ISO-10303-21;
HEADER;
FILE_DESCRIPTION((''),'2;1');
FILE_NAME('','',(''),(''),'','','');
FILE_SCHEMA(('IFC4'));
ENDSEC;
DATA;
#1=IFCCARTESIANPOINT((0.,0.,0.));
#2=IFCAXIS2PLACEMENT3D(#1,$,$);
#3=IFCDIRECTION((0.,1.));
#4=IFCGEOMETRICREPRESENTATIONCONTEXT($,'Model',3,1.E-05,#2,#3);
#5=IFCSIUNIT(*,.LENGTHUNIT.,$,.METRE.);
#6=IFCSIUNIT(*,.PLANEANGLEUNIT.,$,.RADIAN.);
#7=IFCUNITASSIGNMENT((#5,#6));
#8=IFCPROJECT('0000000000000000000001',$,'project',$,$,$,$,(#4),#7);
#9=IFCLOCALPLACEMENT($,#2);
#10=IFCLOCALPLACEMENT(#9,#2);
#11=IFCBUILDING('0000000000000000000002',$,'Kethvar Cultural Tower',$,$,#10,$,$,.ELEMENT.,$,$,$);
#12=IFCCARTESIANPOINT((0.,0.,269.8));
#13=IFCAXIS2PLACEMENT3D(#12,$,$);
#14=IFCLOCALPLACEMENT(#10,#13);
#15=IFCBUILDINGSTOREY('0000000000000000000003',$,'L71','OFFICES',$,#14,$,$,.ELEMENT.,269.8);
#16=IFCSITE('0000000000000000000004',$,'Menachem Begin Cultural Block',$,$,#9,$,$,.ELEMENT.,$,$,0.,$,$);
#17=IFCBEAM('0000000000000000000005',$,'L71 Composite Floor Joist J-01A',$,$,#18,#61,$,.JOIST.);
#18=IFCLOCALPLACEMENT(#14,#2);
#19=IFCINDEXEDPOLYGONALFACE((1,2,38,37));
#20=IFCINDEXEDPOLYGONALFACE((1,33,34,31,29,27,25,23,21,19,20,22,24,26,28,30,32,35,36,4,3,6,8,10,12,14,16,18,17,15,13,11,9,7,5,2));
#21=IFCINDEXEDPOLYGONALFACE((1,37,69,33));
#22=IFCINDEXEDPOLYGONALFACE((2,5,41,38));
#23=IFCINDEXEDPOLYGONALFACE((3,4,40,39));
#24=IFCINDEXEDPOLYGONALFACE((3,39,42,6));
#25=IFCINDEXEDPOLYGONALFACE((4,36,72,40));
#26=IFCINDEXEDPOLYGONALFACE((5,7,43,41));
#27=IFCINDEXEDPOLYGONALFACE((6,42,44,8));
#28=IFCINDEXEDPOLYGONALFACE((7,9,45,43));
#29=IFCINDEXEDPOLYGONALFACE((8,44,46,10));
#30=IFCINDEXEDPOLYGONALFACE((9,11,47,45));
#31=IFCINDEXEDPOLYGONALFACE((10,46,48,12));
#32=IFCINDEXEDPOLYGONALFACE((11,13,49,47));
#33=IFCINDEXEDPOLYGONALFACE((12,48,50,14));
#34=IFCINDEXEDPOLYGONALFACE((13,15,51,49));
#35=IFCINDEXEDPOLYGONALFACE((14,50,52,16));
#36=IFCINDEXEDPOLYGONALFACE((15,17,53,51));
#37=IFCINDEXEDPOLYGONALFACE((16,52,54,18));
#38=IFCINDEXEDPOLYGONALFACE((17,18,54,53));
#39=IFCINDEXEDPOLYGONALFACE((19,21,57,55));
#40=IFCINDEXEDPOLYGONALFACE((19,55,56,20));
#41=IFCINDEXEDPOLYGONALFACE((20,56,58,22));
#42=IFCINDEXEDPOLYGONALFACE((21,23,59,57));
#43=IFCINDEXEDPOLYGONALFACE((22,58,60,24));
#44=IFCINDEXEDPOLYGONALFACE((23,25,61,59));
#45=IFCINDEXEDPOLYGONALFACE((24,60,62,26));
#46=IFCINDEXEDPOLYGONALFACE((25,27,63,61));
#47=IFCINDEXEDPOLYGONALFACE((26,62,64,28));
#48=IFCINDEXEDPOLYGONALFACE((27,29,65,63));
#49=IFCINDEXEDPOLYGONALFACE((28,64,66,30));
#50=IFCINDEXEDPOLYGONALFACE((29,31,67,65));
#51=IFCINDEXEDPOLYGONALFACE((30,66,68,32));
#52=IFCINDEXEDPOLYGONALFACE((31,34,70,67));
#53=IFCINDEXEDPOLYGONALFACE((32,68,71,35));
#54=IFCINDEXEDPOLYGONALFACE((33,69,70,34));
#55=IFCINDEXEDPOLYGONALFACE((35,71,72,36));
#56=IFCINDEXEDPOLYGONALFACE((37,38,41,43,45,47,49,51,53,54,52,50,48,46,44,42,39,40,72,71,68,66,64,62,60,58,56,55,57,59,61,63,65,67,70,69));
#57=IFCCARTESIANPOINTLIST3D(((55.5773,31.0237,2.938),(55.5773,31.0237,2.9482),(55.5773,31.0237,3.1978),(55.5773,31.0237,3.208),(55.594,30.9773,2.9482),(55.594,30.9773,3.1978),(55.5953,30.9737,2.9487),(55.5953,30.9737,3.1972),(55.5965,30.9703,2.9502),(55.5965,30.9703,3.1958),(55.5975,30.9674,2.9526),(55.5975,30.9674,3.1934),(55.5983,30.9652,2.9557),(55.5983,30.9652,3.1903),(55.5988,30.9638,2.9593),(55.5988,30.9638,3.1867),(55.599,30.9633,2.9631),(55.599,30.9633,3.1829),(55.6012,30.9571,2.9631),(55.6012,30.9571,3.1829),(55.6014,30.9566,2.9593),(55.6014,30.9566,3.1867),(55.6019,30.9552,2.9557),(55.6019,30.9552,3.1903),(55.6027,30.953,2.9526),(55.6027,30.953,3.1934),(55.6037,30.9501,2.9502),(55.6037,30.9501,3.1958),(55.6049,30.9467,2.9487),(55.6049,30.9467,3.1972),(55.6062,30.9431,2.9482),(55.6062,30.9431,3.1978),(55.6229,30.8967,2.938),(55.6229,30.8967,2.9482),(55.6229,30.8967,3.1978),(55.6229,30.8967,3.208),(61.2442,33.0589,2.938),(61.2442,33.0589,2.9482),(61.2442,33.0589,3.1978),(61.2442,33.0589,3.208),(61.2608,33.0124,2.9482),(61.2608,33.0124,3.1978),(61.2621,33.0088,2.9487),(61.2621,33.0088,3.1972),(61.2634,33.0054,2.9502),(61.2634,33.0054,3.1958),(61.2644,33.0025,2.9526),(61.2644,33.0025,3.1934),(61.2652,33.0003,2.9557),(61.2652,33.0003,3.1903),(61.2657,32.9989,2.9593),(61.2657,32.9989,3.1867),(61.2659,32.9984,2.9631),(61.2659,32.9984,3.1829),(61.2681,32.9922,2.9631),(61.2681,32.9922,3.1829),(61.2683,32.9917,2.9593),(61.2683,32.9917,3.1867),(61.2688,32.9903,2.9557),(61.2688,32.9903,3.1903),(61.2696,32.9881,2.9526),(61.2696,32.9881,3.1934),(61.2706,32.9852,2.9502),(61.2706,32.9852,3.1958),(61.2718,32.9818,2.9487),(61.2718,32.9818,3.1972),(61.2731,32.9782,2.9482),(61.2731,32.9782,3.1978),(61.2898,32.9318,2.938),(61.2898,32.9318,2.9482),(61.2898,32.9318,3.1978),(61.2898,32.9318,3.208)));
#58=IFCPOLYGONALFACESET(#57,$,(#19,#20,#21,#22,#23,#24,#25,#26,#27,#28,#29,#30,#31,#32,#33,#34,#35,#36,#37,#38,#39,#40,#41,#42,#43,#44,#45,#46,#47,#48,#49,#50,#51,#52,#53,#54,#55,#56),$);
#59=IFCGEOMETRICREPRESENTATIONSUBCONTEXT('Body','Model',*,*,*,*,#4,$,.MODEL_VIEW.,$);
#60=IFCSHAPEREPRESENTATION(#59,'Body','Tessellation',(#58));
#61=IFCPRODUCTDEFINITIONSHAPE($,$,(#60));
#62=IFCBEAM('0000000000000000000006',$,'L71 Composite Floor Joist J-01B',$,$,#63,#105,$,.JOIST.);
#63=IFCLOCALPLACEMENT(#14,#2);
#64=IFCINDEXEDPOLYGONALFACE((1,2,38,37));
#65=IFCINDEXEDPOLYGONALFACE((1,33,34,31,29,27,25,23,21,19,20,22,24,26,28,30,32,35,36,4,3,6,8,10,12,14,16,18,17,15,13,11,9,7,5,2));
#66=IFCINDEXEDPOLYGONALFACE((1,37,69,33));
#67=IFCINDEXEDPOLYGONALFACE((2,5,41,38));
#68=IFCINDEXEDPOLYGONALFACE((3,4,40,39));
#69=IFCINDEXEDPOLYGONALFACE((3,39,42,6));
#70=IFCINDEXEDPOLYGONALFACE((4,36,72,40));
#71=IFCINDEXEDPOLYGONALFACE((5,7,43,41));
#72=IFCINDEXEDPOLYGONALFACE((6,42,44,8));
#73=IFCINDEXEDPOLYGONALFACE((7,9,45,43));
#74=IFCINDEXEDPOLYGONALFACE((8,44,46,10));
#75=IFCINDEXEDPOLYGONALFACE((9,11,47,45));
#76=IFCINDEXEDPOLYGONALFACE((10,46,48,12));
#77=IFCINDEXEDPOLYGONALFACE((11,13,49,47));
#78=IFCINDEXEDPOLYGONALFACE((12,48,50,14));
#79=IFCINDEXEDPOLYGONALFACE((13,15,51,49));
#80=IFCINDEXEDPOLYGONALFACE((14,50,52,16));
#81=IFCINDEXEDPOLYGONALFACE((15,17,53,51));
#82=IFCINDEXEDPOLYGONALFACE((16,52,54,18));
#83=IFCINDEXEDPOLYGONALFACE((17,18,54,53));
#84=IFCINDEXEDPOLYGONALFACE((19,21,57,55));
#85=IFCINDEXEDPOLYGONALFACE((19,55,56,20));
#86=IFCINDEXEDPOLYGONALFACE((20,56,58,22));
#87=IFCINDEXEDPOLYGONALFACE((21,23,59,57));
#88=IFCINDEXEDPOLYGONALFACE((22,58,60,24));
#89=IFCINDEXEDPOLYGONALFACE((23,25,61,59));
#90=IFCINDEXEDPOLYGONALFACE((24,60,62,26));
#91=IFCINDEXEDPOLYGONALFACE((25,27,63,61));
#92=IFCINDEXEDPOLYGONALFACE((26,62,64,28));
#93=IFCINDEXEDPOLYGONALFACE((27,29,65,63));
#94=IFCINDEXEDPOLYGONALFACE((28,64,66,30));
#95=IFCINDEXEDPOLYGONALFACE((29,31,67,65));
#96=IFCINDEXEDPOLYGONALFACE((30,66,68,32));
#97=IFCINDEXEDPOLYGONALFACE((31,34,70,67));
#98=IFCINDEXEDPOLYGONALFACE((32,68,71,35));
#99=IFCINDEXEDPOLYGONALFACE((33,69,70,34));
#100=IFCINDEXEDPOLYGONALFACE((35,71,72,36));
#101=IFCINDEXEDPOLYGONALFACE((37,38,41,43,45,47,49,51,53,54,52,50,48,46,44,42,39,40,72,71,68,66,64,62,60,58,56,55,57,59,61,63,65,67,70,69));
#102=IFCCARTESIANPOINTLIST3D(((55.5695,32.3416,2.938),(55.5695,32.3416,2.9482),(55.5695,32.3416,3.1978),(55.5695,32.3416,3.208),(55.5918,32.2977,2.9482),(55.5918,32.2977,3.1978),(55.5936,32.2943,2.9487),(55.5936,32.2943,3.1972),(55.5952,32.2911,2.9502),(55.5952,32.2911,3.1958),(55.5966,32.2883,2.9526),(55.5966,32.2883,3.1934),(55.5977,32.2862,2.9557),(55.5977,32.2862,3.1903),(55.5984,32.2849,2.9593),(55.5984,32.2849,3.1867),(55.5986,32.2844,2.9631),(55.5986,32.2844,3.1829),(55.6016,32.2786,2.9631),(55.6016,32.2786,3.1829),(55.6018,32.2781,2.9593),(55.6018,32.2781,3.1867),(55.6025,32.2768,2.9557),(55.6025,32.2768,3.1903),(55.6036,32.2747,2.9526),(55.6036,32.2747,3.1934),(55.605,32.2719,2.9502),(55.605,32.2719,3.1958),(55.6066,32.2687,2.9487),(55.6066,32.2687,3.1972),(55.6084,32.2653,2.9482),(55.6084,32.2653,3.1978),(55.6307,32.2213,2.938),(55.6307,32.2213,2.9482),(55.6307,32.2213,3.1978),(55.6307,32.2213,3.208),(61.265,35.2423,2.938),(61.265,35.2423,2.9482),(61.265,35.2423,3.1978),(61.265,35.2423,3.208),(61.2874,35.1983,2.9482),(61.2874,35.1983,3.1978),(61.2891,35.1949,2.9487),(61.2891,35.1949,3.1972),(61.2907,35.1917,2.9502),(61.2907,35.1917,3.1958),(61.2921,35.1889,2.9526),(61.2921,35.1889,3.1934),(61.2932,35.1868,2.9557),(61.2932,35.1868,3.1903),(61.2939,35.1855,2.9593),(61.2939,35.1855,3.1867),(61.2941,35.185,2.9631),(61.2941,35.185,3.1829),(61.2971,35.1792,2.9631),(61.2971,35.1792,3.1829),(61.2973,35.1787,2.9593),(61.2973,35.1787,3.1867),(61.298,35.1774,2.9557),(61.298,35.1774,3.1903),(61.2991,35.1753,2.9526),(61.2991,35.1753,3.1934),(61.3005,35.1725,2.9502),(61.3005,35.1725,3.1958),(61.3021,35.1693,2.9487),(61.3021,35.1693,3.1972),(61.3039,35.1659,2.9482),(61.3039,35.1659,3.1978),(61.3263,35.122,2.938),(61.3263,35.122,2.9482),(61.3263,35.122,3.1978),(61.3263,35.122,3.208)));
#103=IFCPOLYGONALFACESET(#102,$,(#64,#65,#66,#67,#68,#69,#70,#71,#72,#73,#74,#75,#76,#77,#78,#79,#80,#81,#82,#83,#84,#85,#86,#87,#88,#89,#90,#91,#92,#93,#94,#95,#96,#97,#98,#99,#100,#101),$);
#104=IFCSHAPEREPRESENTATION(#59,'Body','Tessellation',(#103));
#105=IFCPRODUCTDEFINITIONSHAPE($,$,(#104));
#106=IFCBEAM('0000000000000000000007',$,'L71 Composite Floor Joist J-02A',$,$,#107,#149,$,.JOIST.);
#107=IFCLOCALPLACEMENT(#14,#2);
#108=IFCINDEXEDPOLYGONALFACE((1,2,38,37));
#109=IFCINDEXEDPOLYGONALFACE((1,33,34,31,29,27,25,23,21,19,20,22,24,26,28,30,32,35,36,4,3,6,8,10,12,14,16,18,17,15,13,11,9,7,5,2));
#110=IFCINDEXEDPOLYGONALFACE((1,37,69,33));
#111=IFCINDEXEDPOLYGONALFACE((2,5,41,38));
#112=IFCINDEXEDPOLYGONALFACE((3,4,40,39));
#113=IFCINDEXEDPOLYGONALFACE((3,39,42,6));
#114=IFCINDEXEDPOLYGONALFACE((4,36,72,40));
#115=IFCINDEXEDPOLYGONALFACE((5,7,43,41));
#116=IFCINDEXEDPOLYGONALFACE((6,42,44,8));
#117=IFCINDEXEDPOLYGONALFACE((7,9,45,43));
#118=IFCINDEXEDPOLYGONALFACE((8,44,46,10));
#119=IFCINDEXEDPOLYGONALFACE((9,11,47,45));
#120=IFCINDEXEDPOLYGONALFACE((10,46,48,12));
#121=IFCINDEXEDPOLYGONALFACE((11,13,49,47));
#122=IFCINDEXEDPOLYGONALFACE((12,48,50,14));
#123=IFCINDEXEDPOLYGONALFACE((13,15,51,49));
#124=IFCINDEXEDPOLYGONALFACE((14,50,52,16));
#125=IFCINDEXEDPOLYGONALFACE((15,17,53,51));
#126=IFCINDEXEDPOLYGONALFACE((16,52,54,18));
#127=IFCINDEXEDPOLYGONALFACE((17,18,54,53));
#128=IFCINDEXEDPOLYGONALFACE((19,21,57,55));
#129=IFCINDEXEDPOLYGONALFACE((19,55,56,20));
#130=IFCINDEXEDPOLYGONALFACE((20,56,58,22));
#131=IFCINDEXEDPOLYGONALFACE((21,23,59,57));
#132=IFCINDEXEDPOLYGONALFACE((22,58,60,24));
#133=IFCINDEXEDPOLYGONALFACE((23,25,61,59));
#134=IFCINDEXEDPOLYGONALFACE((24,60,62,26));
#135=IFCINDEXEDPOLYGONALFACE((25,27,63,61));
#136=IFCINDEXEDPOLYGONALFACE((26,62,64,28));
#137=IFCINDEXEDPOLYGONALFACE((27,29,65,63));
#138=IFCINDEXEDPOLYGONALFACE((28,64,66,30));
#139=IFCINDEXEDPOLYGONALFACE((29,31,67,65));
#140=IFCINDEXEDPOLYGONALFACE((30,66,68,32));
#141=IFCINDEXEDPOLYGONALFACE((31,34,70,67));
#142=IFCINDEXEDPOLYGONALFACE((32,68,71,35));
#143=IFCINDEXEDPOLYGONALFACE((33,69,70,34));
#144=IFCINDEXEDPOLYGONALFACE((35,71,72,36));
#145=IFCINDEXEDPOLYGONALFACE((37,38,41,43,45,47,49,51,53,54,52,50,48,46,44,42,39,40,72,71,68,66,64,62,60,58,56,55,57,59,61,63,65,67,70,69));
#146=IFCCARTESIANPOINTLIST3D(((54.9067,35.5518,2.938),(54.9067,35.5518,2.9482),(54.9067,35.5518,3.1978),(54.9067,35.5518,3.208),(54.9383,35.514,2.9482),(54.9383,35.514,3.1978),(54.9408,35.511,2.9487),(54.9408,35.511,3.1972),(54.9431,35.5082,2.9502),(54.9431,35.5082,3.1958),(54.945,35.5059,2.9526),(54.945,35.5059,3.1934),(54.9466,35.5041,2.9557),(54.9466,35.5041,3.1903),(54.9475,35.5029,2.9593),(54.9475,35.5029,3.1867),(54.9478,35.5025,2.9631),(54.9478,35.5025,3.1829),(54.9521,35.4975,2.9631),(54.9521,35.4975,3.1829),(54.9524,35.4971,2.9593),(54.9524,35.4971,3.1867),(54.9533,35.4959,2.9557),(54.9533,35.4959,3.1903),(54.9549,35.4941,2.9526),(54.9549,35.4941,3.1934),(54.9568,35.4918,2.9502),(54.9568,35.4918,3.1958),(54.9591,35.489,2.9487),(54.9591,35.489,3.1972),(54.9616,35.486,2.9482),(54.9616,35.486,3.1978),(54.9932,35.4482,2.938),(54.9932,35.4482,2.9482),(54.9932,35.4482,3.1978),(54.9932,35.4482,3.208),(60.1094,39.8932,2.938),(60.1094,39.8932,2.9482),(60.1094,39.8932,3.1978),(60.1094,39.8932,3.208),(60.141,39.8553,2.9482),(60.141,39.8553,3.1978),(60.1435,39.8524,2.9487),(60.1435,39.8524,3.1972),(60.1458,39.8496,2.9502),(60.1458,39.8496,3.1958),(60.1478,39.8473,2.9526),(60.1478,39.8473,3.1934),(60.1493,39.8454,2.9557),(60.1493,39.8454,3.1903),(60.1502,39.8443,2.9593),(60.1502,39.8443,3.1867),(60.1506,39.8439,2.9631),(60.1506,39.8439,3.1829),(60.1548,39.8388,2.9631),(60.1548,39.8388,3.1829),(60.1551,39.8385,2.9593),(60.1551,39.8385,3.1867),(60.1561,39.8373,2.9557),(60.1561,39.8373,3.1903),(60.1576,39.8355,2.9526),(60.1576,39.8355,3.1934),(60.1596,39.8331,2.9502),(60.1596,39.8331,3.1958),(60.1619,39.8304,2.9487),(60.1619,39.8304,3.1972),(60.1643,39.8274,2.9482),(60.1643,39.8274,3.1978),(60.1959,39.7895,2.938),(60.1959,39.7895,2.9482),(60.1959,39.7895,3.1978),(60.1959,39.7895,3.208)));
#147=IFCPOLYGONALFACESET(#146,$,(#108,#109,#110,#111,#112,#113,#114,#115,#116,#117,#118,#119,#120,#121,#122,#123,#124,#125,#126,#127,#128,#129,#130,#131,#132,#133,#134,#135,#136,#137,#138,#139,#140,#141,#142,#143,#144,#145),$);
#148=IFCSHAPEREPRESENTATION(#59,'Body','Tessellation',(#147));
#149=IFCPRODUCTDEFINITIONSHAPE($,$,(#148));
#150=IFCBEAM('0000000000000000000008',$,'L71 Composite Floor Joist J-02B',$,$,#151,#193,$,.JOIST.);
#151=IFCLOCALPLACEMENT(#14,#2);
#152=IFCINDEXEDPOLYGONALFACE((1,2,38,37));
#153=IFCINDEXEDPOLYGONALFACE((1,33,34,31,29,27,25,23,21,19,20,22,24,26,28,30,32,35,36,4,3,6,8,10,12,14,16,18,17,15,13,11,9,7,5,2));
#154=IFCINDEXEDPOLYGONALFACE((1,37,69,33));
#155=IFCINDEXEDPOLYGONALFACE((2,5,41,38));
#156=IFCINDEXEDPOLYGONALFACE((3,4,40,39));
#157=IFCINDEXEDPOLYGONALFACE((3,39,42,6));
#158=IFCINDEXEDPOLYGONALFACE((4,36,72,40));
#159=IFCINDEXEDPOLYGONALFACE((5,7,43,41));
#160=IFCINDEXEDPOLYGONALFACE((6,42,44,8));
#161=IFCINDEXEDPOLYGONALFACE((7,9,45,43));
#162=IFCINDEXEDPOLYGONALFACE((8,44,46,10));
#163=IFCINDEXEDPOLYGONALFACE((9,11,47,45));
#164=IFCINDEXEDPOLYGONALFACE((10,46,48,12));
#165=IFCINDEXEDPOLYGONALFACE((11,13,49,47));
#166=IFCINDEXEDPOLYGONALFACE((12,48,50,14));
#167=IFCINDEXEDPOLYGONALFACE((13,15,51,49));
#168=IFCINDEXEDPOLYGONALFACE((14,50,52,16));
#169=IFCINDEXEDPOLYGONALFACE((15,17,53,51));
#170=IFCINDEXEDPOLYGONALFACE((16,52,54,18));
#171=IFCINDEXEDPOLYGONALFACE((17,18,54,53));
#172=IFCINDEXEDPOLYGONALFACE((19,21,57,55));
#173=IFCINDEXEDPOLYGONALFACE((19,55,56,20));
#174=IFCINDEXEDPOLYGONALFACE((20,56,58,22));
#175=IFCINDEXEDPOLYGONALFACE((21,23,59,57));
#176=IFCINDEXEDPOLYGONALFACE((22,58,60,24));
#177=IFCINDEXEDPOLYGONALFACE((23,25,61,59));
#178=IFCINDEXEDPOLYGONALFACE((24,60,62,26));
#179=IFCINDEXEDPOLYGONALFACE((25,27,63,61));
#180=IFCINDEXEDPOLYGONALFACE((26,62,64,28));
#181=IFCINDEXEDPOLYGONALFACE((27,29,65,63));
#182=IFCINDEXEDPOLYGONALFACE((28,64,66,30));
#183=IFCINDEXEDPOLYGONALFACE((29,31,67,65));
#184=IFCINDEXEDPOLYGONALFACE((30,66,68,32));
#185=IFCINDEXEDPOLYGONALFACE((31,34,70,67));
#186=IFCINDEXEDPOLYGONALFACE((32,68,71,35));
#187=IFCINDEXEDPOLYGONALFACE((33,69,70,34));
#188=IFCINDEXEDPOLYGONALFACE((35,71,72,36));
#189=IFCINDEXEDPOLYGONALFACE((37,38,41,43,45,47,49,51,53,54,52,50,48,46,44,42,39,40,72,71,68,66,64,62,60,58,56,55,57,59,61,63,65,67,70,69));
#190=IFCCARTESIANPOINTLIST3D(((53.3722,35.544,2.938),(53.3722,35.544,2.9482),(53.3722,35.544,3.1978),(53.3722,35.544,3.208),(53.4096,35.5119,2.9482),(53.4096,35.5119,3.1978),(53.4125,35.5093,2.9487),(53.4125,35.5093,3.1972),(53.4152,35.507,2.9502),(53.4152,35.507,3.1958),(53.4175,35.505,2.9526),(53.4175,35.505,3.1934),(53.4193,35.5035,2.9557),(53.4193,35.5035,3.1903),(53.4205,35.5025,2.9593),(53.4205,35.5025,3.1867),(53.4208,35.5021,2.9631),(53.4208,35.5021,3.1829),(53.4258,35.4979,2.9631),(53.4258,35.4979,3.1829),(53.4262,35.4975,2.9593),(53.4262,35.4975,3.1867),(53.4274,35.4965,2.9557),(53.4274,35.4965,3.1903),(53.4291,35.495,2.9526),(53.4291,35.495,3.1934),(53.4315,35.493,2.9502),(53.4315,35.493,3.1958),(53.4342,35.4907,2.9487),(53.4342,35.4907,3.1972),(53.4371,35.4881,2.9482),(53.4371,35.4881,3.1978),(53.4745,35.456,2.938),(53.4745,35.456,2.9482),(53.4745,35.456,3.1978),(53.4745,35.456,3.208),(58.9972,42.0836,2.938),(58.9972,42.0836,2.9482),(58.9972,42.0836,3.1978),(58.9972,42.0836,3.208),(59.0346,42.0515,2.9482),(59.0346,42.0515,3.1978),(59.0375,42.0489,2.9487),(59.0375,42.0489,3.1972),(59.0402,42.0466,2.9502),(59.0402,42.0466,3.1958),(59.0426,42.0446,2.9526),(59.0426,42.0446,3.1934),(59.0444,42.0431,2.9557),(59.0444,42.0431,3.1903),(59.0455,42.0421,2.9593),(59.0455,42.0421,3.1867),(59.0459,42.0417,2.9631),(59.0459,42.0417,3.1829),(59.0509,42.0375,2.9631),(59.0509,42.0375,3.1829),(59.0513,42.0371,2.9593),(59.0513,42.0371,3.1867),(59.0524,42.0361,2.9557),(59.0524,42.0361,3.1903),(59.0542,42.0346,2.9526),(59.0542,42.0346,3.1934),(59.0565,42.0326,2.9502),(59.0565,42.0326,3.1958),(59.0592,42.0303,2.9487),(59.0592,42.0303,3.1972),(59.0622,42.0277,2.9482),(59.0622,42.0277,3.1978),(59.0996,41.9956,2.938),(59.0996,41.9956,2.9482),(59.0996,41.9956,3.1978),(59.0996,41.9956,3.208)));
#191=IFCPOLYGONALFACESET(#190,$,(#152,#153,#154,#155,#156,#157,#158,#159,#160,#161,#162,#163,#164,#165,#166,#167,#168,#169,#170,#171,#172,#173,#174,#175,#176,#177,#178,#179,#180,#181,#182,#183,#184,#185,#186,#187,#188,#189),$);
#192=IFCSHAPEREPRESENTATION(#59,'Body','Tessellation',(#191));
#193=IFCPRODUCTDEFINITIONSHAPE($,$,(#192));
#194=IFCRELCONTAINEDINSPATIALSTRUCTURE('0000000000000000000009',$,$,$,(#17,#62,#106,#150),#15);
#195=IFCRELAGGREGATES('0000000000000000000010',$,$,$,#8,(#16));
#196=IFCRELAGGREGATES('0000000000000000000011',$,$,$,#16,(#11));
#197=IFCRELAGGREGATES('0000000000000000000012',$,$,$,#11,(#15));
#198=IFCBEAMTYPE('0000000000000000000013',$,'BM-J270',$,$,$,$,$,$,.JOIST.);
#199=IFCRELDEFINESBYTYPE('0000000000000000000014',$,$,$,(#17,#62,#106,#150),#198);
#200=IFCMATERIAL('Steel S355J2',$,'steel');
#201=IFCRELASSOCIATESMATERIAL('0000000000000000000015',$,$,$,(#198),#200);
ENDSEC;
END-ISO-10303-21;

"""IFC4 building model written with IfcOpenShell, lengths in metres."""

from ifc_helpers import new_model, si_unit, direction, frame, origin, origin_2d, place, context, subcontext, project, spatial, i_section, extrude, source, transform, mapped, material, material_profile, profile_set, type_object, element, save


model = new_model("IFC4")

# Units and contexts
model_context = context("Model", 3, precision=1e-05, world=origin(), true_north=direction((0.0, 1.0)))
body_context = subcontext(model_context, "Body", "Model", "MODEL_VIEW")
ifc_project = project(units=[si_unit("LENGTHUNIT", "METRE"), si_unit("PLANEANGLEUNIT", "RADIAN")], contexts=[model_context])

# Site, building, storey
site_placement = place(None, origin())
site = spatial("IfcSite", under=ifc_project, at=site_placement, Name="Menachem Begin Cultural Block", CompositionType="ELEMENT", RefElevation=0.0)
building_placement = place(site_placement, origin())
building = spatial("IfcBuilding", under=site, at=building_placement, Name="Kethvar Cultural Tower", CompositionType="ELEMENT")
storey_placement = place(building_placement, frame((0.0, 0.0, 269.8)))
storey = spatial("IfcBuildingStorey", under=building, at=storey_placement, Name="L71", Description="OFFICES", CompositionType="ELEMENT", Elevation=269.8)

# Beams
ifc_material_1 = material(Name="Steel S355J2", Category="steel")
ifc_material_profile_1 = material_profile(ifc_material_1, i_section(OverallWidth=0.135, OverallDepth=0.27, WebThickness=0.0066, FlangeThickness=0.0103, FilletRadius=0.0149, at=origin_2d()), Name="Steel S355J2 — IPE270")
ifc_profile_set_1 = profile_set([ifc_material_profile_1], Name="Steel S355J2 — IPE270")
beam_type_1 = type_object("IfcBeamType", Name="BM-J270", PredefinedType="JOIST", material=ifc_profile_set_1)
shared_shape_1 = source(origin(), body_context, "Body", "SweptSolid", [
    extrude(i_section(OverallWidth=0.135, OverallDepth=0.27, WebThickness=0.0066, FlangeThickness=0.0103, FilletRadius=0.0149, at=origin_2d()), origin(), (0.0, 0.0, 1.0), 6.0212),
])
beam_1_placement = place(storey_placement, frame((55.6001, 30.9602, 3.073), z_axis=(0.94115, 0.33799, 0.0), x_axis=(-0.33799, 0.94115, 0.0)))
element("IfcBeam", 1, at=beam_1_placement, inside=storey, type_object=beam_type_1, Name="L71 Composite Floor Joist J-01A", PredefinedType="JOIST", context=body_context, shape_type="MappedRepresentation", body=[
    mapped(shared_shape_1, transform((0.0, 0.0, 0.0), scale=1.0)),
])
shared_shape_2 = source(origin(), body_context, "Body", "SweptSolid", [
    extrude(i_section(OverallWidth=0.135, OverallDepth=0.27, WebThickness=0.0066, FlangeThickness=0.0103, FilletRadius=0.0149, at=origin_2d()), origin(), (0.0, 0.0, 1.0), 6.3916),
])
beam_2_placement = place(storey_placement, frame((55.6001, 32.2815, 3.073), z_axis=(0.891095, 0.453817, 0.0), x_axis=(-0.453817, 0.891095, 0.0)))
element("IfcBeam", 2, at=beam_2_placement, inside=storey, type_object=beam_type_1, Name="L71 Composite Floor Joist J-01B", PredefinedType="JOIST", context=body_context, shape_type="MappedRepresentation", body=[
    mapped(shared_shape_2, transform((0.0, 0.0, 0.0), scale=1.0)),
])
shared_shape_3 = source(origin(), body_context, "Body", "SweptSolid", [
    extrude(i_section(OverallWidth=0.135, OverallDepth=0.27, WebThickness=0.0066, FlangeThickness=0.0103, FilletRadius=0.0149, at=origin_2d()), origin(), (0.0, 0.0, 1.0), 6.7761),
])
beam_3_placement = place(storey_placement, frame((54.95, 35.5, 3.073), z_axis=(0.767802, 0.640688, 0.0), x_axis=(-0.640688, 0.767802, 0.0)))
element("IfcBeam", 3, at=beam_3_placement, inside=storey, type_object=beam_type_1, Name="L71 Composite Floor Joist J-02A", PredefinedType="JOIST", context=body_context, shape_type="MappedRepresentation", body=[
    mapped(shared_shape_3, transform((0.0, 0.0, 0.0), scale=1.0)),
])
shared_shape_4 = source(origin(), body_context, "Body", "SweptSolid", [
    extrude(i_section(OverallWidth=0.135, OverallDepth=0.27, WebThickness=0.0066, FlangeThickness=0.0103, FilletRadius=0.0149, at=origin_2d()), origin(), (0.0, 0.0, 1.0), 8.626),
])
beam_4_placement = place(storey_placement, frame((53.4233, 35.5, 3.073), z_axis=(0.652105, 0.758129, 0.0), x_axis=(-0.758129, 0.652105, 0.0)))
element("IfcBeam", 4, at=beam_4_placement, inside=storey, type_object=beam_type_1, Name="L71 Composite Floor Joist J-02B", PredefinedType="JOIST", context=body_context, shape_type="MappedRepresentation", body=[
    mapped(shared_shape_4, transform((0.0, 0.0, 0.0), scale=1.0)),
])

save(model, "model.ifc")
